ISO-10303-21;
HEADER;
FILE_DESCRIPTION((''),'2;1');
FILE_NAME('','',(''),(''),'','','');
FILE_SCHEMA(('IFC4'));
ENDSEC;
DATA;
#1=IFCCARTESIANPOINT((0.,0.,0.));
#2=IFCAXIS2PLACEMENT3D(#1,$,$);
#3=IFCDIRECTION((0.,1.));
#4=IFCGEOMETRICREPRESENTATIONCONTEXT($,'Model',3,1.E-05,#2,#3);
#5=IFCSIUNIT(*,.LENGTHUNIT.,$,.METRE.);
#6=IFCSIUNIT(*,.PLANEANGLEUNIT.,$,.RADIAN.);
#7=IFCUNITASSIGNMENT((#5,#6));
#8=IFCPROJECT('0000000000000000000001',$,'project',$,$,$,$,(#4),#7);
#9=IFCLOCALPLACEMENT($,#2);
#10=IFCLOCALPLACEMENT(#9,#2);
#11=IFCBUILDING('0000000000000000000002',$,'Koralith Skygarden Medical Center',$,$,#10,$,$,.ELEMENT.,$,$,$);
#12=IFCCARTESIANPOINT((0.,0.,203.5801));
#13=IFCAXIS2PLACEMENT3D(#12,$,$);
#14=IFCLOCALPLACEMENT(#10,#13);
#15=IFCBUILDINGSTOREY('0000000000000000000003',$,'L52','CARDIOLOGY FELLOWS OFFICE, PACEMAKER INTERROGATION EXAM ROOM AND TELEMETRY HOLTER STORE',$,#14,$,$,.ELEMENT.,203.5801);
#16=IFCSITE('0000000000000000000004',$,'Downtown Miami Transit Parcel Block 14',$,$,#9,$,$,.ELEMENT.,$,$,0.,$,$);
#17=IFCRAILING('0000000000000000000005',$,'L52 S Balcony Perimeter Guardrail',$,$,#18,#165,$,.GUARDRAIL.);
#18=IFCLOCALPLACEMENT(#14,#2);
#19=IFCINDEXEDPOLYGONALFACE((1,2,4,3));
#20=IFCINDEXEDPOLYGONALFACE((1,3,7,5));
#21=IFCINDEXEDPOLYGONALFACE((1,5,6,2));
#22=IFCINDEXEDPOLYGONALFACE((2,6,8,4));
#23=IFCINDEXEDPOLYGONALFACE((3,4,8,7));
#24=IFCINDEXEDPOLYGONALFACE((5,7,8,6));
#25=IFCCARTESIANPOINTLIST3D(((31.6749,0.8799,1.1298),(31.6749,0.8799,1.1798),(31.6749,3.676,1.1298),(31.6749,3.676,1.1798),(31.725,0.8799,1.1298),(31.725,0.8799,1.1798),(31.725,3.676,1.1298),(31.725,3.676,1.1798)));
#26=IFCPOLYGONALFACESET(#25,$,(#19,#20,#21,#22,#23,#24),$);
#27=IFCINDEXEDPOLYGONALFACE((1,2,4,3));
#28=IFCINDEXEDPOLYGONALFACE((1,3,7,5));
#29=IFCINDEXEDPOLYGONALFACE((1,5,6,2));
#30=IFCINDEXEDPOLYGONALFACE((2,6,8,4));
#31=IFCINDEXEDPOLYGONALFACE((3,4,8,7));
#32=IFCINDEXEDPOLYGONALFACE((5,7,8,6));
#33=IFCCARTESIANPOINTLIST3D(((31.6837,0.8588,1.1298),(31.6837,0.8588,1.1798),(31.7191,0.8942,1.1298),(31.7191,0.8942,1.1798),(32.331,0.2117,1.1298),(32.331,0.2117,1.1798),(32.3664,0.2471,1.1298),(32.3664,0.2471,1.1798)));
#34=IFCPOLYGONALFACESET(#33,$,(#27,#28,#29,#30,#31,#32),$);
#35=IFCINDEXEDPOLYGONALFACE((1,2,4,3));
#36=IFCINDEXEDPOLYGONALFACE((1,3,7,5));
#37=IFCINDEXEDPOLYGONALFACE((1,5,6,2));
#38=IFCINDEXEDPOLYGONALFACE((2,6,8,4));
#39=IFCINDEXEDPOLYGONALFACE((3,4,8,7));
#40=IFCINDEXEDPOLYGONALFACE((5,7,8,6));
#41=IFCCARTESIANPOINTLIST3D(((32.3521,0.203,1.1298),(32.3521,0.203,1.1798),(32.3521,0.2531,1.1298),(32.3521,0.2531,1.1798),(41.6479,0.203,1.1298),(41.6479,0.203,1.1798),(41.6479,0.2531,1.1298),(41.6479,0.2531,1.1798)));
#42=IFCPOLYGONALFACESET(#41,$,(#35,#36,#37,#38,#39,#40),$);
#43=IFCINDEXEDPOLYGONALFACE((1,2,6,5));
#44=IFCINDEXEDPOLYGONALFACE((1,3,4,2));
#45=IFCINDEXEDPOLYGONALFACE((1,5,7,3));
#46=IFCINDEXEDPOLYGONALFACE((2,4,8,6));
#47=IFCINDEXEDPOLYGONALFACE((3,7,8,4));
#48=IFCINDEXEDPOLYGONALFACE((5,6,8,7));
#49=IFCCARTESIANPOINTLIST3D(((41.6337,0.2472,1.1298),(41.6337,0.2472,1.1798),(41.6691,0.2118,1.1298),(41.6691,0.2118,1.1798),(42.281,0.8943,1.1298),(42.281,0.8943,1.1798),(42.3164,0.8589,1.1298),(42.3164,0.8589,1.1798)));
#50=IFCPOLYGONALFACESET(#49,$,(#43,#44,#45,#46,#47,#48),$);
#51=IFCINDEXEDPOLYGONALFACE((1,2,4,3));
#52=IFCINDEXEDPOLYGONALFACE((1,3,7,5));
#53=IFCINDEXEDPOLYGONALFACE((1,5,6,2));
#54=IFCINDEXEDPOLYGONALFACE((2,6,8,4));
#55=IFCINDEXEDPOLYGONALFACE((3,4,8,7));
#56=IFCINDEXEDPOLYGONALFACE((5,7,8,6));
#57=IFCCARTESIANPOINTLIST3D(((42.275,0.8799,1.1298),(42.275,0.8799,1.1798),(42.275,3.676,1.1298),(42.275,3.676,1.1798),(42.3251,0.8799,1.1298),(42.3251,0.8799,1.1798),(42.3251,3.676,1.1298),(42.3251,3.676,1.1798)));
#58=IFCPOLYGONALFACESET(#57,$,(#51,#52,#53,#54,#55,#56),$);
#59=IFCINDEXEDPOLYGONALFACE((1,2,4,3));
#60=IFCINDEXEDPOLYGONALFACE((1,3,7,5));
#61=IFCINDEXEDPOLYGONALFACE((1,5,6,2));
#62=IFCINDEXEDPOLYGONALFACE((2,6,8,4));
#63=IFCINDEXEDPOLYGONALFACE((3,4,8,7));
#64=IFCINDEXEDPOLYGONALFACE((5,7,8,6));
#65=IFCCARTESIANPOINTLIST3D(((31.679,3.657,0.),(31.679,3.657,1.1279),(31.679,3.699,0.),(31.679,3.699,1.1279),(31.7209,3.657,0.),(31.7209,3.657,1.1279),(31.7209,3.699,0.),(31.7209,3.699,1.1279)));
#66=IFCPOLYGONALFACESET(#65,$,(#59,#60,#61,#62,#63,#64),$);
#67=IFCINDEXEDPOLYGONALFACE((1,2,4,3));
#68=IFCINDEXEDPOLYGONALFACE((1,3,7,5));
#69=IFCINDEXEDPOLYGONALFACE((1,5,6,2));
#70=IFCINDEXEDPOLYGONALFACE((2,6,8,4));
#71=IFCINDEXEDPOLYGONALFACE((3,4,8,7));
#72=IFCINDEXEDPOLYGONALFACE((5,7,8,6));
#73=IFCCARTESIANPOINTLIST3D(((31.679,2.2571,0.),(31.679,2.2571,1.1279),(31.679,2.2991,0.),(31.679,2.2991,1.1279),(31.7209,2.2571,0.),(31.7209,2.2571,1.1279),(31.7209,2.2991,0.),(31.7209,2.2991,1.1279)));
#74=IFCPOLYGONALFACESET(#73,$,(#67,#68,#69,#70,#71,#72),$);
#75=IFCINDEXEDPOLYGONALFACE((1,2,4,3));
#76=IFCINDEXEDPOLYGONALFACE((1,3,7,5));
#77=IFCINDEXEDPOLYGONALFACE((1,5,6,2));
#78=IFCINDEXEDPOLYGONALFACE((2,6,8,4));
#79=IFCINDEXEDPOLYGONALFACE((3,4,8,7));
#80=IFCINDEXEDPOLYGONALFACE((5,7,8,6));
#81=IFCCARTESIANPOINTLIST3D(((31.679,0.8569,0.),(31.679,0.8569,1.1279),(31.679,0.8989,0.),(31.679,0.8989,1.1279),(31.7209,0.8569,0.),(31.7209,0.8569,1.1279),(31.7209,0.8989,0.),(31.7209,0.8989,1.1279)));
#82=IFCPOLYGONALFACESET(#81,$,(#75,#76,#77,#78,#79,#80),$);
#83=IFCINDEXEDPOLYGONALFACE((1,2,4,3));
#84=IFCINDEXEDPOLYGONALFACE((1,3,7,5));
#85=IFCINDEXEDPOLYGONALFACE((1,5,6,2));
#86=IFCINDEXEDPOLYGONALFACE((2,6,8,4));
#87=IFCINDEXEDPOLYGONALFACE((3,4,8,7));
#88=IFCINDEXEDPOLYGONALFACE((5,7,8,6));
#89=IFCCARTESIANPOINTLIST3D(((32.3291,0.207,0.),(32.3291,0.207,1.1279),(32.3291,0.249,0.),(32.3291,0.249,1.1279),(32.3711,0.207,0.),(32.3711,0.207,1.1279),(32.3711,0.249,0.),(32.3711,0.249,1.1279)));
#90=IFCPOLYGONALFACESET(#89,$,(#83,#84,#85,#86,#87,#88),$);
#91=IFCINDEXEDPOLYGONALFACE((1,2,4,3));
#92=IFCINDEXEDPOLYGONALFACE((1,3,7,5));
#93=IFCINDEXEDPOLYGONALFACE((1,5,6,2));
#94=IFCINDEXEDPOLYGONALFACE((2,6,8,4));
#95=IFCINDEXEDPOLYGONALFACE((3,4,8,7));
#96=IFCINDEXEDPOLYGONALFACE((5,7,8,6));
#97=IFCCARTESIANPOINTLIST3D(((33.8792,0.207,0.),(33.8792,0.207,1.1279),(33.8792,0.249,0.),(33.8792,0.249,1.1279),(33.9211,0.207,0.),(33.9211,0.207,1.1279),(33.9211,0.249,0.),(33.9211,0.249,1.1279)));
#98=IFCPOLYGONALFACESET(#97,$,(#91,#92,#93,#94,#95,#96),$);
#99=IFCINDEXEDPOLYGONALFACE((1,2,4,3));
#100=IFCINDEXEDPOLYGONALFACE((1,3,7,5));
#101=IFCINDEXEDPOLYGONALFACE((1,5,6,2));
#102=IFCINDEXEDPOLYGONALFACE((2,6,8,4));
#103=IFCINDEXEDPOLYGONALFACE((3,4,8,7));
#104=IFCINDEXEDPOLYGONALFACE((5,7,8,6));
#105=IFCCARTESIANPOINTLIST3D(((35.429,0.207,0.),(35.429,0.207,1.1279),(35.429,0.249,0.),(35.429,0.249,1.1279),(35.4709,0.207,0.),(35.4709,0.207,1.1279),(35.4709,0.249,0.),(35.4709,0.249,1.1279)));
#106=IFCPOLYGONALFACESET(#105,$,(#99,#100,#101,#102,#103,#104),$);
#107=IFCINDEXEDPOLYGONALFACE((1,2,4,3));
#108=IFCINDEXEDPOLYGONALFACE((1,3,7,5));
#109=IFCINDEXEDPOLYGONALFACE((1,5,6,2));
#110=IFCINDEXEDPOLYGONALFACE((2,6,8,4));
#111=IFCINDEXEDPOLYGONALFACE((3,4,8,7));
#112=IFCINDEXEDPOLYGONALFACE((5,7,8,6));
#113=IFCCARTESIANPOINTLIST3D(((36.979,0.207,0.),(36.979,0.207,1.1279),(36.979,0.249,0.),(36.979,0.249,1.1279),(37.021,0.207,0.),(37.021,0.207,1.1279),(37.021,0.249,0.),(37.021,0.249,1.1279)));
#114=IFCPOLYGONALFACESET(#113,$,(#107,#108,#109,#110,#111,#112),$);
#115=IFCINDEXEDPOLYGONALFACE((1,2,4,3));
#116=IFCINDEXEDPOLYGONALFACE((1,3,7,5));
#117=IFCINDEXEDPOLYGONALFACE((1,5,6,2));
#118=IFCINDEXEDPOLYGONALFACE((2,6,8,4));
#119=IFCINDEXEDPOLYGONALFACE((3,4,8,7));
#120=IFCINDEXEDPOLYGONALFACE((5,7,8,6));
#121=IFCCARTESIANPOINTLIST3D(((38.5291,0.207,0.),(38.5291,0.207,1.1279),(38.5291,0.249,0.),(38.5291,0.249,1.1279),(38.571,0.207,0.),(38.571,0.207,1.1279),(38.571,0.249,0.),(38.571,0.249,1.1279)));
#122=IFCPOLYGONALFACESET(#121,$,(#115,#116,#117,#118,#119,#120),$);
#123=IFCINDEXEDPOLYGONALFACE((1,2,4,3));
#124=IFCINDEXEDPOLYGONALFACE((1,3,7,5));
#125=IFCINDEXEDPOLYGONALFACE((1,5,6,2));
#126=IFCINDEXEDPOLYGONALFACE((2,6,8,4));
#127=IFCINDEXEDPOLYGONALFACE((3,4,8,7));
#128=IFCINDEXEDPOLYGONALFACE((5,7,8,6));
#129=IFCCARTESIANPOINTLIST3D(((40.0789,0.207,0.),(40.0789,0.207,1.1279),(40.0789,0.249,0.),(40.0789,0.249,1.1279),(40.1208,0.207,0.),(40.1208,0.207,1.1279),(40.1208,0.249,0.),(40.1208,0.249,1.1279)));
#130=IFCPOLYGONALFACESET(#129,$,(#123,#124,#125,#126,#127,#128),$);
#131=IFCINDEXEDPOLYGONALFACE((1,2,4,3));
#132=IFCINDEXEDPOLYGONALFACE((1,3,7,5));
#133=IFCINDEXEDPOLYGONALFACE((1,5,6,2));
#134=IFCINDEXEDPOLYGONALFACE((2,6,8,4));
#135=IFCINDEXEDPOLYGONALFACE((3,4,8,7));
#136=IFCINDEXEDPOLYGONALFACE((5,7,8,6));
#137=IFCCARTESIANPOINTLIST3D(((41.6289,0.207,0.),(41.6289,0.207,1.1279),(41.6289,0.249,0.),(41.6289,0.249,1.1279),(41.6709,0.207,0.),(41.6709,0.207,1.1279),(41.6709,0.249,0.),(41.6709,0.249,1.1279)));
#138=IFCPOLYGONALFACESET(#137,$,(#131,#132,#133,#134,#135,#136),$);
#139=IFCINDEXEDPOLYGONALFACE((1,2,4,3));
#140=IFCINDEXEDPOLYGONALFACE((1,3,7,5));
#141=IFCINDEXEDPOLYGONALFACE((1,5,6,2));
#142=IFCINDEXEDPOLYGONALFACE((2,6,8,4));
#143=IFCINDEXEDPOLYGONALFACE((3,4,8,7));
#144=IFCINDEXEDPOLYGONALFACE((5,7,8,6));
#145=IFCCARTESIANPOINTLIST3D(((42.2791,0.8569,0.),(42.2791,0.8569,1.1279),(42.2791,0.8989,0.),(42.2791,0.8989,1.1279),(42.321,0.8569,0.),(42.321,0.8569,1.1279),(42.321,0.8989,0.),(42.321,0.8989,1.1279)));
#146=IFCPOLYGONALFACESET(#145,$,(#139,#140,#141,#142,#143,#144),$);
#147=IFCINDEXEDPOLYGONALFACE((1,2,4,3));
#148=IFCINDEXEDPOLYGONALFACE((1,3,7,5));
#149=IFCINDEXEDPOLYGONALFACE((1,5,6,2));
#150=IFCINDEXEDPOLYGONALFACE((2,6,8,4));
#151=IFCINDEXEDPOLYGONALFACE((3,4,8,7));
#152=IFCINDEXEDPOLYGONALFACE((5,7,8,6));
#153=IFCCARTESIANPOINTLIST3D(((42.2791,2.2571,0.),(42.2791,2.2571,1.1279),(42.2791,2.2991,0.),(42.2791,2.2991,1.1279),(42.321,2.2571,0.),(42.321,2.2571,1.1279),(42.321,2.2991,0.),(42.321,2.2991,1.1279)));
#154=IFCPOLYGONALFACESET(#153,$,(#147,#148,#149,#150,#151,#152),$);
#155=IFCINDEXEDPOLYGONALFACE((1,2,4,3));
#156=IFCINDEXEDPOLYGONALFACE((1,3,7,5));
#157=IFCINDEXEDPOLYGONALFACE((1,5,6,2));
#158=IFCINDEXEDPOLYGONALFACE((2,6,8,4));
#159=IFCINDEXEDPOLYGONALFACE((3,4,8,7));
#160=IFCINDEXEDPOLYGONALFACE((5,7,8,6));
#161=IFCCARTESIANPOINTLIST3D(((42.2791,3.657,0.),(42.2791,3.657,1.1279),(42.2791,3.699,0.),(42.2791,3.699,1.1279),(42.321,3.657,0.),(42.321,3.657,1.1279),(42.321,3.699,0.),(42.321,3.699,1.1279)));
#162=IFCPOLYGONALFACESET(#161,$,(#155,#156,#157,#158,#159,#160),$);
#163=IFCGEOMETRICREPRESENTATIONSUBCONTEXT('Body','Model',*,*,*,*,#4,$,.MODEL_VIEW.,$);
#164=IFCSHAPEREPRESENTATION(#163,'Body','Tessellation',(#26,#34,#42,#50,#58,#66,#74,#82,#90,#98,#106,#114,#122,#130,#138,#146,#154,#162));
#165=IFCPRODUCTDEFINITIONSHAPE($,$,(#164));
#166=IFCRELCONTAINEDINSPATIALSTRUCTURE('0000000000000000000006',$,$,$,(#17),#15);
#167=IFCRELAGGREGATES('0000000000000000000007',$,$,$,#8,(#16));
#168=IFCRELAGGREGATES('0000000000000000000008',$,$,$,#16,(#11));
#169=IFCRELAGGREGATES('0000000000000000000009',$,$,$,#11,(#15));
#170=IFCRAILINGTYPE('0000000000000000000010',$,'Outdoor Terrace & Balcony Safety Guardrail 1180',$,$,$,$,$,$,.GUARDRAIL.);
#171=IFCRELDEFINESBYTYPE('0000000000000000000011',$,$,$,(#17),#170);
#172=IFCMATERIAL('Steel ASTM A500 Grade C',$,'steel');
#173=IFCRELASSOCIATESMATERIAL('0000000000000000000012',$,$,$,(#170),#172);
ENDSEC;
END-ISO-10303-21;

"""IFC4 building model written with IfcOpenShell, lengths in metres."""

from ifc_helpers import new_model, si_unit, direction, frame, origin, origin_2d, place, context, subcontext, project, spatial, rectangle, extrude, material, type_object, element, save


model = new_model("IFC4")

# Units and contexts
model_context = context("Model", 3, precision=1e-05, world=origin(), true_north=direction((0.0, 1.0)))
body_context = subcontext(model_context, "Body", "Model", "MODEL_VIEW")
ifc_project = project(units=[si_unit("LENGTHUNIT", "METRE"), si_unit("PLANEANGLEUNIT", "RADIAN")], contexts=[model_context])

# Site, building, storey
site_placement = place(None, origin())
site = spatial("IfcSite", under=ifc_project, at=site_placement, Name="Downtown Miami Transit Parcel Block 14", CompositionType="ELEMENT", RefElevation=0.0)
building_placement = place(site_placement, origin())
building = spatial("IfcBuilding", under=site, at=building_placement, Name="Koralith Skygarden Medical Center", CompositionType="ELEMENT")
storey_placement = place(building_placement, frame((0.0, 0.0, 203.5801)))
storey = spatial("IfcBuildingStorey", under=building, at=storey_placement, Name="L52", Description="CARDIOLOGY FELLOWS OFFICE, PACEMAKER INTERROGATION EXAM ROOM AND TELEMETRY HOLTER STORE", CompositionType="ELEMENT", Elevation=203.5801)

# Railing
ifc_material_1 = material(Name="Steel ASTM A500 Grade C", Category="steel")
railing_type = type_object("IfcRailingType", Name="Outdoor Terrace & Balcony Safety Guardrail 1180", PredefinedType="GUARDRAIL", material=ifc_material_1)
railing_placement = place(storey_placement, frame((31.7, 3.678, 0.0)))
element("IfcRailing", 1, at=railing_placement, inside=storey, type_object=railing_type, Name="L52 S Balcony Perimeter Guardrail", PredefinedType="GUARDRAIL", context=body_context, shape_type="SweptSolid", body=[
    extrude(rectangle(XDim=0.05, YDim=0.05, at=origin_2d()), frame((0.0, -0.002, 1.1548), z_axis=(0.0, -1.0, 0.0), x_axis=(1.0, 0.0, 0.0)), (0.0, 0.0, 1.0), 2.7961),
    extrude(rectangle(XDim=0.05, YDim=0.05, at=origin_2d()), frame((0.0015, -2.8015, 1.1548), z_axis=(0.70724, -0.706974, 0.0), x_axis=(0.706974, 0.70724, 0.0)), (0.0, 0.0, 1.0), 0.9153),
    extrude(rectangle(XDim=0.05, YDim=0.05, at=origin_2d()), frame((0.6521, -3.45, 1.1548), z_axis=(1.0, 0.0, 0.0), x_axis=(0.0, 1.0, 0.0)), (0.0, 0.0, 1.0), 9.2959),
    extrude(rectangle(XDim=0.05, YDim=0.05, at=origin_2d()), frame((9.9514, -3.4485, 1.1548), z_axis=(0.70724, 0.706974, 0.0), x_axis=(-0.706974, 0.70724, 0.0)), (0.0, 0.0, 1.0), 0.9153),
    extrude(rectangle(XDim=0.05, YDim=0.05, at=origin_2d()), frame((10.6001, -2.7981, 1.1548), z_axis=(0.0, 1.0, 0.0), x_axis=(-1.0, 0.0, 0.0)), (0.0, 0.0, 1.0), 2.7961),
    extrude(rectangle(XDim=0.042, YDim=0.042, at=origin_2d()), origin(), (0.0, 0.0, 1.0), 1.1279),
    extrude(rectangle(XDim=0.042, YDim=0.042, at=origin_2d()), frame((0.0, -1.3999, 0.0)), (0.0, 0.0, 1.0), 1.1279),
    extrude(rectangle(XDim=0.042, YDim=0.042, at=origin_2d()), frame((0.0, -2.8, 0.0)), (0.0, 0.0, 1.0), 1.1279),
    extrude(rectangle(XDim=0.042, YDim=0.042, at=origin_2d()), frame((0.6501, -3.45, 0.0)), (0.0, 0.0, 1.0), 1.1279),
    extrude(rectangle(XDim=0.042, YDim=0.042, at=origin_2d()), frame((2.2002, -3.45, 0.0)), (0.0, 0.0, 1.0), 1.1279),
    extrude(rectangle(XDim=0.042, YDim=0.042, at=origin_2d()), frame((3.75, -3.45, 0.0)), (0.0, 0.0, 1.0), 1.1279),
    extrude(rectangle(XDim=0.042, YDim=0.042, at=origin_2d()), frame((5.3, -3.45, 0.0)), (0.0, 0.0, 1.0), 1.1279),
    extrude(rectangle(XDim=0.042, YDim=0.042, at=origin_2d()), frame((6.8501, -3.45, 0.0)), (0.0, 0.0, 1.0), 1.1279),
    extrude(rectangle(XDim=0.042, YDim=0.042, at=origin_2d()), frame((8.3999, -3.45, 0.0)), (0.0, 0.0, 1.0), 1.1279),
    extrude(rectangle(XDim=0.042, YDim=0.042, at=origin_2d()), frame((9.95, -3.45, 0.0)), (0.0, 0.0, 1.0), 1.1279),
    extrude(rectangle(XDim=0.042, YDim=0.042, at=origin_2d()), frame((10.6001, -2.8, 0.0)), (0.0, 0.0, 1.0), 1.1279),
    extrude(rectangle(XDim=0.042, YDim=0.042, at=origin_2d()), frame((10.6001, -1.3999, 0.0)), (0.0, 0.0, 1.0), 1.1279),
    extrude(rectangle(XDim=0.042, YDim=0.042, at=origin_2d()), frame((10.6001, 0.0, 0.0)), (0.0, 0.0, 1.0), 1.1279),
])

save(model, "model.ifc")
